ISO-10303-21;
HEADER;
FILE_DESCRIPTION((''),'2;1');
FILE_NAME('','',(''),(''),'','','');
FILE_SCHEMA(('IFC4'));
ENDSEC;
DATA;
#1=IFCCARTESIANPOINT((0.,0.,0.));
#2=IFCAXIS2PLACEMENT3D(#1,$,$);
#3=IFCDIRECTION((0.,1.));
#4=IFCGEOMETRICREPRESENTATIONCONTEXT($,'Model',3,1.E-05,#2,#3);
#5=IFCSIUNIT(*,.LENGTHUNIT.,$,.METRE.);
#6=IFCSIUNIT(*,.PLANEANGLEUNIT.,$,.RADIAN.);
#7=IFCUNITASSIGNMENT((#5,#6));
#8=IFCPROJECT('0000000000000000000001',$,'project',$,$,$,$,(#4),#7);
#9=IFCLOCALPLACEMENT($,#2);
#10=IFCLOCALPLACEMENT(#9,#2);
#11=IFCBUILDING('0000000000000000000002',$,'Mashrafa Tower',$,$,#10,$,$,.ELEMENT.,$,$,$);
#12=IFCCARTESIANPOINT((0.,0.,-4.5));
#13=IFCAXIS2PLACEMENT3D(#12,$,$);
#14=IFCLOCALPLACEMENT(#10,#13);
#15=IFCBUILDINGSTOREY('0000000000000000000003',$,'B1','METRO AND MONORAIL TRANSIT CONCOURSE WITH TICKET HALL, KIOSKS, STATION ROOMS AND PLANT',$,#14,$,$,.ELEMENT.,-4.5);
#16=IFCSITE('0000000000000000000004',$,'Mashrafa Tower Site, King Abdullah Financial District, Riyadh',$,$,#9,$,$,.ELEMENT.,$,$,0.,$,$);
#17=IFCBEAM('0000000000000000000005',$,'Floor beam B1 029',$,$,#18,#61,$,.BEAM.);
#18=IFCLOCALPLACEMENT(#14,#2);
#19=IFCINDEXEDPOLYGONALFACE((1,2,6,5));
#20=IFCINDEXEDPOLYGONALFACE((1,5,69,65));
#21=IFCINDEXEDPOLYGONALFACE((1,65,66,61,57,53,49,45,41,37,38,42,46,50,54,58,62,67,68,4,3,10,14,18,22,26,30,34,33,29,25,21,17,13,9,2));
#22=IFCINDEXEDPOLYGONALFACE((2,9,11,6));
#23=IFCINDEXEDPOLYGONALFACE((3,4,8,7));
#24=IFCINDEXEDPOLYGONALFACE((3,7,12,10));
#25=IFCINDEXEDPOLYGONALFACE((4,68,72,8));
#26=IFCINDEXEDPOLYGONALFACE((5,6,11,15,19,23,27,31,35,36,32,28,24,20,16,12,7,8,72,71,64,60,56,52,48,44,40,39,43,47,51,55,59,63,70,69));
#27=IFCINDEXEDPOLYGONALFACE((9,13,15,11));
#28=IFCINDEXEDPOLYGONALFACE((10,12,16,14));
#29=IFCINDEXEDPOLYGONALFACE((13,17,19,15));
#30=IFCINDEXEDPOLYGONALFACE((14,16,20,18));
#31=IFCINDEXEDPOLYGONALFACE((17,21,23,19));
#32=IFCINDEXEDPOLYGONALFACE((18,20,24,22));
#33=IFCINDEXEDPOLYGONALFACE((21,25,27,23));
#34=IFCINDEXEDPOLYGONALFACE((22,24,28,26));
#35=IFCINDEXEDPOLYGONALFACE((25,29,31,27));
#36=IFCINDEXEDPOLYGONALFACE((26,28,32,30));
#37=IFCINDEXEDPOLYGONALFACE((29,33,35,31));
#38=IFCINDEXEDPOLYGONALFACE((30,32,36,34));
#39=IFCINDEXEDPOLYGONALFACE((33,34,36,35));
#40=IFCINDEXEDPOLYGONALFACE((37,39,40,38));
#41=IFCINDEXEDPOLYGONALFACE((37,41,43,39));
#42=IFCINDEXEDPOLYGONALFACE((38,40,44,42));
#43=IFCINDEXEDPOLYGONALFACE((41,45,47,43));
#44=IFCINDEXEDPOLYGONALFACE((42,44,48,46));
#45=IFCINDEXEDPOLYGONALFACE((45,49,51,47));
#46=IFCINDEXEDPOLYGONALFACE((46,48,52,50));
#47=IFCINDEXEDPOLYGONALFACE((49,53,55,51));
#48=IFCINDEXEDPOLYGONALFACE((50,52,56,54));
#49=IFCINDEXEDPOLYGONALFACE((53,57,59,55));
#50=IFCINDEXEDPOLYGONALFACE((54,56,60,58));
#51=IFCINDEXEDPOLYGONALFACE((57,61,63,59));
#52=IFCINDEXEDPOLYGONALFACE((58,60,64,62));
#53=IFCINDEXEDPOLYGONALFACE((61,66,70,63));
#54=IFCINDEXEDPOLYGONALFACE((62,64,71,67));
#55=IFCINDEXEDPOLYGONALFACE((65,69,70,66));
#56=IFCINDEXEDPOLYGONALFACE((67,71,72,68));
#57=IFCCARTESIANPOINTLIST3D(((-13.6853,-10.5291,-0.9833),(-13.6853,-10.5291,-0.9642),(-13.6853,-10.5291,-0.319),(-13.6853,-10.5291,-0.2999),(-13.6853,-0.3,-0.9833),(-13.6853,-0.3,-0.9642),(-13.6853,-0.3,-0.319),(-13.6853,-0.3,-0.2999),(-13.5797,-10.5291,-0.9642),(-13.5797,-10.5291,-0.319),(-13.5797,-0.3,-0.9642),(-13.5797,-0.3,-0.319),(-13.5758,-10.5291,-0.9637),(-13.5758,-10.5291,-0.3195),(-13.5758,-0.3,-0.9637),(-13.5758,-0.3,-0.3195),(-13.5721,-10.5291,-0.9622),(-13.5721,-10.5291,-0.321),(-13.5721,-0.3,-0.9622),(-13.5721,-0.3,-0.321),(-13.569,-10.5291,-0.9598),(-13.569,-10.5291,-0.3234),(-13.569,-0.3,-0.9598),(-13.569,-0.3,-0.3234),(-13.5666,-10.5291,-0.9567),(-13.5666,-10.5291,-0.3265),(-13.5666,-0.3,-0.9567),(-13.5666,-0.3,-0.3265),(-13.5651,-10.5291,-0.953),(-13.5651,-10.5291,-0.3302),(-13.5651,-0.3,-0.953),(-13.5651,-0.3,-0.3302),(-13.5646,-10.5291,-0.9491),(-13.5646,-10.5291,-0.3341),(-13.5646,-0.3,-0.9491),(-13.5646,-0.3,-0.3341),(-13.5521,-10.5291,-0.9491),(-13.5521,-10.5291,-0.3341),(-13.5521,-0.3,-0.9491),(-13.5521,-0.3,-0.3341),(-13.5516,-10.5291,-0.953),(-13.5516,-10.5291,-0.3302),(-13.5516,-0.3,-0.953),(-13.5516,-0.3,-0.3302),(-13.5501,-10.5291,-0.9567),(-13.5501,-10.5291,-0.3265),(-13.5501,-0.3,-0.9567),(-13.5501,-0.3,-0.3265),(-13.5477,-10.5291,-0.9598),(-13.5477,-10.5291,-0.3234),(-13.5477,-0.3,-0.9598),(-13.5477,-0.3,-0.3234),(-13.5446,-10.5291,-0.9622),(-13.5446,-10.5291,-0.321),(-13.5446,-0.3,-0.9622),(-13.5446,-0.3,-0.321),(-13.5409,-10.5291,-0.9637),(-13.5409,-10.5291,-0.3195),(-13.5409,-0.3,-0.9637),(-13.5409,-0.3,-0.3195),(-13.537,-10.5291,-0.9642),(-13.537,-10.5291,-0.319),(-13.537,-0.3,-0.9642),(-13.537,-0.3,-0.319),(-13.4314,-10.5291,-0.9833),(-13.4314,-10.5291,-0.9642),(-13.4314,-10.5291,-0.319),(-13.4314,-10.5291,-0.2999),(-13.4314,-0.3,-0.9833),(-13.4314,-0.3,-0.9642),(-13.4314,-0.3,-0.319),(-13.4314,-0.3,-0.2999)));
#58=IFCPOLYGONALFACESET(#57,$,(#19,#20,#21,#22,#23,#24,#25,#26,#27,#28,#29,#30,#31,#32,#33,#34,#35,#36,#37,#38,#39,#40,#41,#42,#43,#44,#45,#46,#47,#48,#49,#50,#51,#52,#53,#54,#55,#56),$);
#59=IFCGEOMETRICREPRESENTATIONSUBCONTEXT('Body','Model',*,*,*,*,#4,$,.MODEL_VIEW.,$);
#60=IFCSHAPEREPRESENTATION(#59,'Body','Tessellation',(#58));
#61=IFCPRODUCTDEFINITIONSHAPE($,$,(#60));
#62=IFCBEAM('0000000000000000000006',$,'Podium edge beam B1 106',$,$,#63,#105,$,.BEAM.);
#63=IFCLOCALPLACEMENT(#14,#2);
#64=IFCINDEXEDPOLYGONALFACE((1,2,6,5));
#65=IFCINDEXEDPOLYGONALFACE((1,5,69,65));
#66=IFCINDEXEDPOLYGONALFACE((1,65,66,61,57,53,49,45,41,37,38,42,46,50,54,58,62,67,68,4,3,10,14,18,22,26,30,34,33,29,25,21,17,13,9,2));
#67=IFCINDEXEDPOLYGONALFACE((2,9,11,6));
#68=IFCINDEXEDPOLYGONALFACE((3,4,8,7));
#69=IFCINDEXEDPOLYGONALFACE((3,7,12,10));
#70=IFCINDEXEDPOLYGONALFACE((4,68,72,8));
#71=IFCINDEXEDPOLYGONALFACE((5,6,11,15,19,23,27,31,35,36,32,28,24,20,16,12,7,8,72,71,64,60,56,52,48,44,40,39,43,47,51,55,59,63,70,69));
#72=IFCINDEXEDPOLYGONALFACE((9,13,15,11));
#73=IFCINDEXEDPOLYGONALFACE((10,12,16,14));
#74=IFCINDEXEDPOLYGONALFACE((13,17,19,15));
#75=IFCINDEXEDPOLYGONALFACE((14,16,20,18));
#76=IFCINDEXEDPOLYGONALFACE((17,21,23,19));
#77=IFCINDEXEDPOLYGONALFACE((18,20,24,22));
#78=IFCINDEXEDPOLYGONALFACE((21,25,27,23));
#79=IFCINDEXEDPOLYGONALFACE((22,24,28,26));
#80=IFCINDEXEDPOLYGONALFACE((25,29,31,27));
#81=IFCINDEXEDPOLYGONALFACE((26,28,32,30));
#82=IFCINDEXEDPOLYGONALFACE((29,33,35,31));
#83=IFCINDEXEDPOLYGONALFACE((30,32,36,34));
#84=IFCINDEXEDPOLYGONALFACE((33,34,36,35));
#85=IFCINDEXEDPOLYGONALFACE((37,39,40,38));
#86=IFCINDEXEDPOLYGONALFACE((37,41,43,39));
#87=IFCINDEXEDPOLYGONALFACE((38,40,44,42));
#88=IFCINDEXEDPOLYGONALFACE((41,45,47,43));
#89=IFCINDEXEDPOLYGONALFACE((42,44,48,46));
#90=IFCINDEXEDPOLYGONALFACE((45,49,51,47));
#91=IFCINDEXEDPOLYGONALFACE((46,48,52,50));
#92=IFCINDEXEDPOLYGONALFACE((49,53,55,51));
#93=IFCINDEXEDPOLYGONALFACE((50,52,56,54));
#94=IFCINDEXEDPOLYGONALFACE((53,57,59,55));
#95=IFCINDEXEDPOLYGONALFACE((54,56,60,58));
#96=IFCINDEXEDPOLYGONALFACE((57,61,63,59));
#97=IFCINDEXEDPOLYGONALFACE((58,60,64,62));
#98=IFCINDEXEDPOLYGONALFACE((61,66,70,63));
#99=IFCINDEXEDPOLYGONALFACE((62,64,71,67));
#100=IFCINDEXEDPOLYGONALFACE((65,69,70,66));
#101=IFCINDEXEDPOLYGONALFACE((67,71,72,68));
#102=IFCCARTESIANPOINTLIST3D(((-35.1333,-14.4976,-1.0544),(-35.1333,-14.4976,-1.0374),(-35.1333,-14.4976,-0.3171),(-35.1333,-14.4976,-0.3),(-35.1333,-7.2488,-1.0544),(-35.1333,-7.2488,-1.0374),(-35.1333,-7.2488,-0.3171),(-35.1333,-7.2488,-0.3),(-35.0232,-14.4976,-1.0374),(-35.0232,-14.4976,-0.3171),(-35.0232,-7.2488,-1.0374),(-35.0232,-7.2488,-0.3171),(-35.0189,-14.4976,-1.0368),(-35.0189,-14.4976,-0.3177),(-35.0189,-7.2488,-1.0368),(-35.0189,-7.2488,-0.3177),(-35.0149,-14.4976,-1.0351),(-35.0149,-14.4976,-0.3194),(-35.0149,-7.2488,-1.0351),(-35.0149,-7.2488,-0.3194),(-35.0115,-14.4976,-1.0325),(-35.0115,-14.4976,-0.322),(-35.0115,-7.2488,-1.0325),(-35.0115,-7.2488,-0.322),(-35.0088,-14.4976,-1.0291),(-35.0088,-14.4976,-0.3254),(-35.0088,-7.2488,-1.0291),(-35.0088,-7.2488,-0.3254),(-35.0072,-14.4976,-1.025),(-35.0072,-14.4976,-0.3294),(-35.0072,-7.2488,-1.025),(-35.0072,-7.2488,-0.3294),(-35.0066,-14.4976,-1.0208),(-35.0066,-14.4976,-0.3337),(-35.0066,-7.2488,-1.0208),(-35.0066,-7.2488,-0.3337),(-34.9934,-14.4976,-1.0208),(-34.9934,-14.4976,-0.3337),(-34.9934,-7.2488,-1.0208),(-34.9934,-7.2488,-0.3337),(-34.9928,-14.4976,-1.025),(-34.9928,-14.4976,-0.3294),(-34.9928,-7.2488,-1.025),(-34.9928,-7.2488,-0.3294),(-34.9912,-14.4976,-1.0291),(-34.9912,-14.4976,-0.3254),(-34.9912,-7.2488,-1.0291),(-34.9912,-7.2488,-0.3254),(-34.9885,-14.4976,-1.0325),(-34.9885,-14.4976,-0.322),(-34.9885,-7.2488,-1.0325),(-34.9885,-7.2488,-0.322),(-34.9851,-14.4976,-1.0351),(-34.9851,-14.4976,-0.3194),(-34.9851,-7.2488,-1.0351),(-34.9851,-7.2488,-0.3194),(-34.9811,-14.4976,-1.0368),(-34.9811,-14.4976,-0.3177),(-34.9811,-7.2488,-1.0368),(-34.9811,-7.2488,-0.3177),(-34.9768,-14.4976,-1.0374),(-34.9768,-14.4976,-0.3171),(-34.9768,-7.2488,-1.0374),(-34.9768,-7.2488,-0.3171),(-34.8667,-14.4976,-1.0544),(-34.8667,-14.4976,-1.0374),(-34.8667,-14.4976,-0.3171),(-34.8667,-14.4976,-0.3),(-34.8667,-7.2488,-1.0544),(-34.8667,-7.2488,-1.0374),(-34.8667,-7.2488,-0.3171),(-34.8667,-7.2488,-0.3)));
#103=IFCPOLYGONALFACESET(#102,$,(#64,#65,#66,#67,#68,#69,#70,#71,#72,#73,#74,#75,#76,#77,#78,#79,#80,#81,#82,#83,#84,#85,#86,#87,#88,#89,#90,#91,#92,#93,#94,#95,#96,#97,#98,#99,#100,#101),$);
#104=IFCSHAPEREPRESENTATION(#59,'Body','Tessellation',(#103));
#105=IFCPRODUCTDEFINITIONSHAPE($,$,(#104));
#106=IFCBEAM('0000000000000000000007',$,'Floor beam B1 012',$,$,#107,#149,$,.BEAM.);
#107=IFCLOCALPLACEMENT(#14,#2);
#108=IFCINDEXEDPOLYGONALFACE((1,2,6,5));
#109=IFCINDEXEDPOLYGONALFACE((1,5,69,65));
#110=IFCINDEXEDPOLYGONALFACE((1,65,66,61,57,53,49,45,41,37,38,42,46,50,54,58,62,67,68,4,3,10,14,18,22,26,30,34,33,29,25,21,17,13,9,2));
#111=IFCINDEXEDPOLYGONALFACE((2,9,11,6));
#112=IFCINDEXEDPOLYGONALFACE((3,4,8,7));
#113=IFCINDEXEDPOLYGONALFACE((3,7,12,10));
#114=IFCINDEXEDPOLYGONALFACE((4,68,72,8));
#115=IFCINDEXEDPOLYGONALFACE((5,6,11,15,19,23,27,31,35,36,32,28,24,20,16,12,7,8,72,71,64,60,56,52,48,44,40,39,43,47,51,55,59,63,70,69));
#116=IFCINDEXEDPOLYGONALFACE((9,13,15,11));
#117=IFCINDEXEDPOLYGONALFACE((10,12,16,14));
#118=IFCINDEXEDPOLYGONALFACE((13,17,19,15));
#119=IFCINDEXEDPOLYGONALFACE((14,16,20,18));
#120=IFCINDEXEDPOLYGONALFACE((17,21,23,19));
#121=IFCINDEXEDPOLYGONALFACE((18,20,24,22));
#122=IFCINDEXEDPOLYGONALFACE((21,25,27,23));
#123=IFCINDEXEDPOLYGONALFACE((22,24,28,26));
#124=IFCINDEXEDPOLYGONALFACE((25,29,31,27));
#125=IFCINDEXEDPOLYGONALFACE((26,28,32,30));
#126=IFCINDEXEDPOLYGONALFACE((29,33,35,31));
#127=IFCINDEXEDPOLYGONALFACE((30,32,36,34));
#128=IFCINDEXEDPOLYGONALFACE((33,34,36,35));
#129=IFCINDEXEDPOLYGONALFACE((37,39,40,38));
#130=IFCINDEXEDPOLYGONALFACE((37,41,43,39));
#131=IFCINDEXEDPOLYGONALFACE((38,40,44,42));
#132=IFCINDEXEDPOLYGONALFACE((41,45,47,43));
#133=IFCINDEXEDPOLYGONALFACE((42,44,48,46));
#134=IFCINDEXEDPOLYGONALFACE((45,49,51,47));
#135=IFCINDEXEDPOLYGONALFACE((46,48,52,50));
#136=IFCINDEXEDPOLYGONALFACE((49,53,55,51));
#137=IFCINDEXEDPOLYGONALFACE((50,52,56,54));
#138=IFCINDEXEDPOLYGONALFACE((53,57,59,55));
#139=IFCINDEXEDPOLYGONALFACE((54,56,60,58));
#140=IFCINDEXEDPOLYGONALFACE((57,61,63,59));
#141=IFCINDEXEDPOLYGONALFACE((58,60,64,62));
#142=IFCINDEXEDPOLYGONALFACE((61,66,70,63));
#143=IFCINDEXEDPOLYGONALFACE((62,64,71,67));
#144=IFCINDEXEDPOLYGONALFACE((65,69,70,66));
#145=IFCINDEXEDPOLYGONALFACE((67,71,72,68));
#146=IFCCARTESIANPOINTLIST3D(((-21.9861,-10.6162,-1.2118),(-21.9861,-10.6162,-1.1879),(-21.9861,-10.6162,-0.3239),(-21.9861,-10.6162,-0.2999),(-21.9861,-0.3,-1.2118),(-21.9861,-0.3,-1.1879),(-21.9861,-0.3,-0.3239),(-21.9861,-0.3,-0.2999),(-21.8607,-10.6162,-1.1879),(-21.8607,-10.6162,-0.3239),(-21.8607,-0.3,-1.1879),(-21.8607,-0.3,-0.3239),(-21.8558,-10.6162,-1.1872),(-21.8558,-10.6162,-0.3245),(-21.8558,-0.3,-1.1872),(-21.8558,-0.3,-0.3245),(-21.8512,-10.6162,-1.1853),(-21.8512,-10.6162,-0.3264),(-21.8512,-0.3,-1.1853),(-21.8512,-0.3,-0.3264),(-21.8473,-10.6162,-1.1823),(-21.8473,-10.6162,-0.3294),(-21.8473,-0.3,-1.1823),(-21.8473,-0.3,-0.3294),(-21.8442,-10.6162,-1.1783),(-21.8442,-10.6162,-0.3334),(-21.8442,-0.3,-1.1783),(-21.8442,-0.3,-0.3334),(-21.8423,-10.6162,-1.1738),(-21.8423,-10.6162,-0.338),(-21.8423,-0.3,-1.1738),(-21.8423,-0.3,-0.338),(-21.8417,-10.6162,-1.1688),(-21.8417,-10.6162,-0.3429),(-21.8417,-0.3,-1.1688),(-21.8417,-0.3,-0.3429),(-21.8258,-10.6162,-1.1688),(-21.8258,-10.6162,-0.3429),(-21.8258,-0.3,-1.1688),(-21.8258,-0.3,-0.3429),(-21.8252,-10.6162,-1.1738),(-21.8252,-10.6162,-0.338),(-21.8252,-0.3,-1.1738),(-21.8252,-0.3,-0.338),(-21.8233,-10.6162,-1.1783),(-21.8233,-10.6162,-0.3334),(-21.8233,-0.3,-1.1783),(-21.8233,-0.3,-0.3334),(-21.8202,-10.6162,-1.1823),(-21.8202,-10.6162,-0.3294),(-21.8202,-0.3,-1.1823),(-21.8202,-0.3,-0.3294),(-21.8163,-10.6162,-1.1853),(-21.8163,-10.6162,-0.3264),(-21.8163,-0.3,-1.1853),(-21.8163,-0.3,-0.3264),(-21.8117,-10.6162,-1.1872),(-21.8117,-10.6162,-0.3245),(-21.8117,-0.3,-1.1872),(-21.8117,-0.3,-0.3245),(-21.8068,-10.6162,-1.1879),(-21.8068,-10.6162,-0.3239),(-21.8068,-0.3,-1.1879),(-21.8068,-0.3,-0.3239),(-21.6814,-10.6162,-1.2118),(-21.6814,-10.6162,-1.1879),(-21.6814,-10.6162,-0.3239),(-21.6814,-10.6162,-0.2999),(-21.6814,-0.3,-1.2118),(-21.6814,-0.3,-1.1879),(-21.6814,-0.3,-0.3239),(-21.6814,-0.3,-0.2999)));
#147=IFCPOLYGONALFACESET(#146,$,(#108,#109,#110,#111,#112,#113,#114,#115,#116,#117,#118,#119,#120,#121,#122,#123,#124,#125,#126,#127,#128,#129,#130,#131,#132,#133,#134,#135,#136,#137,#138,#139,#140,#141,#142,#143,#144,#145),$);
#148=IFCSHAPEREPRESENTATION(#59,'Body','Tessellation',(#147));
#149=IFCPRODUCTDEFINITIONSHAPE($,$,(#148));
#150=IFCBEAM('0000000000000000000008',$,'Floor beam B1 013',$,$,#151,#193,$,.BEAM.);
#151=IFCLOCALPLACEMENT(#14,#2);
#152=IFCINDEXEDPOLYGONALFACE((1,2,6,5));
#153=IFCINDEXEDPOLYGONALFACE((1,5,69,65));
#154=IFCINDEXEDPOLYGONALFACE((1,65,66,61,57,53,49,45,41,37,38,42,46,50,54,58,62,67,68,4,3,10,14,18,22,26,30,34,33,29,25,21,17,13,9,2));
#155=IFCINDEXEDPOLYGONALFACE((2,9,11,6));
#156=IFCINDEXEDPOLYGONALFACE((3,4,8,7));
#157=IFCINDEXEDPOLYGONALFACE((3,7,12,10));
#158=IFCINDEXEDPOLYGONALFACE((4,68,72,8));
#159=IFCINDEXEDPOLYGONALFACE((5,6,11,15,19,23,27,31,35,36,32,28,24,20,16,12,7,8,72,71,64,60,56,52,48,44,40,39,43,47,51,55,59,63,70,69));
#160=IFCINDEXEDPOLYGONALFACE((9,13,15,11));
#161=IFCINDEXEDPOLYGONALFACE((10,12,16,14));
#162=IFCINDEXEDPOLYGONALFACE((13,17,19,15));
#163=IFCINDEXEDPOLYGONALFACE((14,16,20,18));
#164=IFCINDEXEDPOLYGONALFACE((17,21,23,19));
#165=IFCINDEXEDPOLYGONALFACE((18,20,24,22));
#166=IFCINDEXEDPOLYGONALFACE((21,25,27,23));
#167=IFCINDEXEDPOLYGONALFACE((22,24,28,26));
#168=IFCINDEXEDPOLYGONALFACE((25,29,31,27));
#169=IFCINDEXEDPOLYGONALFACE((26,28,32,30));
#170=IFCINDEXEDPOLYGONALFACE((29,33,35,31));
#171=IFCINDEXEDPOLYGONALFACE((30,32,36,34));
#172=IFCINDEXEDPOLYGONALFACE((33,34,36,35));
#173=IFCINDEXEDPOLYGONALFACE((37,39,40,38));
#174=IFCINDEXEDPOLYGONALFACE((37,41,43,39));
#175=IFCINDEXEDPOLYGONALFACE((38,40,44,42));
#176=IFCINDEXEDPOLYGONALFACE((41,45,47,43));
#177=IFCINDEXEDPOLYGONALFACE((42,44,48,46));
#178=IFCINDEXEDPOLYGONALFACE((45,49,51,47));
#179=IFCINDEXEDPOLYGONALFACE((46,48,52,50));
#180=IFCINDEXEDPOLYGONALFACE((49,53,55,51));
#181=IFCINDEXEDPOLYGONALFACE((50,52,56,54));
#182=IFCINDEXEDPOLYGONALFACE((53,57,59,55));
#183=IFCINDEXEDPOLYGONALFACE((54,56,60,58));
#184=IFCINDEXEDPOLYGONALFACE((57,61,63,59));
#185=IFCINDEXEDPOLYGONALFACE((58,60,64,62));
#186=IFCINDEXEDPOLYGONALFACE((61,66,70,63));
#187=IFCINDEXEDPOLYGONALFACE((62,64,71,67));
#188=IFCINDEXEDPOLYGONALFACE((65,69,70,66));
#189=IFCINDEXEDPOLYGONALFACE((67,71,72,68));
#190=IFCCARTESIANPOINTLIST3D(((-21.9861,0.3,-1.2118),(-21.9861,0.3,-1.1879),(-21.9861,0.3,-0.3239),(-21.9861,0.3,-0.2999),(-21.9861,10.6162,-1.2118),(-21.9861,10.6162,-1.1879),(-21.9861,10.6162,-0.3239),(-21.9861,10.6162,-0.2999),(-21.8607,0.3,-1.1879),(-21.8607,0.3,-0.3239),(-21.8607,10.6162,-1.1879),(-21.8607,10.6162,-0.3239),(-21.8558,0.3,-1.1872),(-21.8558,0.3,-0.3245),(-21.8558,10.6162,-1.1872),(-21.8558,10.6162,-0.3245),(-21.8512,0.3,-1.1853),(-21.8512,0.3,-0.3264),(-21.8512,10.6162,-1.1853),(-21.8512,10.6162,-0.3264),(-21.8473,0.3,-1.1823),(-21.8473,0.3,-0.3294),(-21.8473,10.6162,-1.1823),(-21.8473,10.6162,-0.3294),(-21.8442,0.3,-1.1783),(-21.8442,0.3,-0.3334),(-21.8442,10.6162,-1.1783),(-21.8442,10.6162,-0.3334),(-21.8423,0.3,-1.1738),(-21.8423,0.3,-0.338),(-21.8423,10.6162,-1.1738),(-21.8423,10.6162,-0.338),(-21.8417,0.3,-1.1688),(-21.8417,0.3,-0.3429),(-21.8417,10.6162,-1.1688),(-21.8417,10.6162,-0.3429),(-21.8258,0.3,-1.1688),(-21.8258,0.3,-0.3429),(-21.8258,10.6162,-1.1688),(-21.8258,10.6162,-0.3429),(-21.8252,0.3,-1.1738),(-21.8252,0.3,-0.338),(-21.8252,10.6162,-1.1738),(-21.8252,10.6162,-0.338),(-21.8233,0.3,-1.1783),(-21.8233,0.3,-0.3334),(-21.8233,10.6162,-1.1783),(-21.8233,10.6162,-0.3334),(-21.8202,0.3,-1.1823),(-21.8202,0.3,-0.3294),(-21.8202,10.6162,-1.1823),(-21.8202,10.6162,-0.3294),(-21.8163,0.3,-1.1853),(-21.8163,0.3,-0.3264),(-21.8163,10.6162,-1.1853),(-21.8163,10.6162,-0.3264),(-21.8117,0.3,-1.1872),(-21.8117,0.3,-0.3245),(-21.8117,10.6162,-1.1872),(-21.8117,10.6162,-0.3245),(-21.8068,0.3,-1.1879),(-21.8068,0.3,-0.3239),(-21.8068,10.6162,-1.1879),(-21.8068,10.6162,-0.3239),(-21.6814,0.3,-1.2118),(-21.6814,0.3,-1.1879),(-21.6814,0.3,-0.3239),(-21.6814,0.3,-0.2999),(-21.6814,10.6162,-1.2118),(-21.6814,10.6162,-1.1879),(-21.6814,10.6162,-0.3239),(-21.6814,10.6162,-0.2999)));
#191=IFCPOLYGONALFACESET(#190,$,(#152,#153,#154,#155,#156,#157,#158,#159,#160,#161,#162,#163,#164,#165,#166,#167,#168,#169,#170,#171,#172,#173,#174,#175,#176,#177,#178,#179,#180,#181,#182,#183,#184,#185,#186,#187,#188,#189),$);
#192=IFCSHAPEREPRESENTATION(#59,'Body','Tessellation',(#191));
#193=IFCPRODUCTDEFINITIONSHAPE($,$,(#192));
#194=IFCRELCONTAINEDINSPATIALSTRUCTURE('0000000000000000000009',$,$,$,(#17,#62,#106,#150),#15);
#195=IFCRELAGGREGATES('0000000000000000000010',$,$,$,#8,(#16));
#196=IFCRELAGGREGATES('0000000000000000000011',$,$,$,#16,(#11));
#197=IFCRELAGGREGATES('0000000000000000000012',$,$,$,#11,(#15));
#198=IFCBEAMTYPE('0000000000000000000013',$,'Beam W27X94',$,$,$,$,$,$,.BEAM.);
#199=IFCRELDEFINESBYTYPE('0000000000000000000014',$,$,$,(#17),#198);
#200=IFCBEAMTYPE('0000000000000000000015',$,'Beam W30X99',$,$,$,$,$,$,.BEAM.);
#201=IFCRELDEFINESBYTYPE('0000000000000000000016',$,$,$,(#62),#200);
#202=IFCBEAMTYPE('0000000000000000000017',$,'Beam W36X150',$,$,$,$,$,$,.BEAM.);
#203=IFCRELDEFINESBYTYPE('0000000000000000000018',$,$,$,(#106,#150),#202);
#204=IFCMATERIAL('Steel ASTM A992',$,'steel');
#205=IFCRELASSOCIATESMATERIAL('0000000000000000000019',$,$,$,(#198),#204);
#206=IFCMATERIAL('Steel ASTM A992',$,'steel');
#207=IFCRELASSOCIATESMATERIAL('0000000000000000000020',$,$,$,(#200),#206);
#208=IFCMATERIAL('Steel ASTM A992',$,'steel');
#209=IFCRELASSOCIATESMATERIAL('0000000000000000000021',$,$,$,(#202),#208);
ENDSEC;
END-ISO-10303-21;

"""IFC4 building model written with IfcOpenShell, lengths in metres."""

from ifc_helpers import new_model, si_unit, direction, frame, origin, origin_2d, place, context, subcontext, project, spatial, i_section, extrude, material, material_profile, profile_set, type_object, element, save


model = new_model("IFC4")

# Units and contexts
model_context = context("Model", 3, precision=1e-05, world=origin(), true_north=direction((0.0, 1.0)))
body_context = subcontext(model_context, "Body", "Model", "MODEL_VIEW")
ifc_project = project(units=[si_unit("LENGTHUNIT", "METRE"), si_unit("PLANEANGLEUNIT", "RADIAN")], contexts=[model_context])

# Site, building, storey
site_placement = place(None, origin())
site = spatial("IfcSite", under=ifc_project, at=site_placement, Name="Mashrafa Tower Site, King Abdullah Financial District, Riyadh", CompositionType="ELEMENT", RefElevation=0.0)
building_placement = place(site_placement, origin())
building = spatial("IfcBuilding", under=site, at=building_placement, Name="Mashrafa Tower", CompositionType="ELEMENT")
storey_placement = place(building_placement, frame((0.0, 0.0, -4.5)))
storey = spatial("IfcBuildingStorey", under=building, at=storey_placement, Name="B1", Description="METRO AND MONORAIL TRANSIT CONCOURSE WITH TICKET HALL, KIOSKS, STATION ROOMS AND PLANT", CompositionType="ELEMENT", Elevation=-4.5)

# Beams
ifc_material_1 = material(Name="Steel ASTM A992", Category="steel")
ifc_material_profile_1 = material_profile(ifc_material_1, i_section(OverallWidth=0.2539, OverallDepth=0.6833, WebThickness=0.0125, FlangeThickness=0.019, FilletRadius=0.0151, at=origin_2d()), Name="W27X94")
ifc_profile_set_1 = profile_set([ifc_material_profile_1], Name="Steel ASTM A992")
beam_type_1 = type_object("IfcBeamType", Name="Beam W27X94", PredefinedType="BEAM", material=ifc_profile_set_1)
beam_1_placement = place(storey_placement, frame((-13.5583, -10.5291, -0.6416), z_axis=(0.0, 1.0, 0.0), x_axis=(-1.0, 0.0, 0.0)))
element("IfcBeam", 1, at=beam_1_placement, inside=storey, type_object=beam_type_1, Name="Floor beam B1 029", PredefinedType="BEAM", context=body_context, shape_type="SweptSolid", body=[
    extrude(i_section(OverallWidth=0.2539, OverallDepth=0.6833, WebThickness=0.0125, FlangeThickness=0.019, FilletRadius=0.0151, at=origin_2d()), origin(), (0.0, 0.0, 1.0), 10.229),
])
ifc_material_2 = material(Name="Steel ASTM A992", Category="steel")
ifc_material_profile_2 = material_profile(ifc_material_2, i_section(OverallWidth=0.2666, OverallDepth=0.7544, WebThickness=0.0132, FlangeThickness=0.0171, FilletRadius=0.0166, at=origin_2d()), Name="W30X99")
ifc_profile_set_2 = profile_set([ifc_material_profile_2], Name="Steel ASTM A992")
beam_type_2 = type_object("IfcBeamType", Name="Beam W30X99", PredefinedType="BEAM", material=ifc_profile_set_2)
beam_2_placement = place(storey_placement, frame((-35.0, -7.2488, -0.6772), z_axis=(0.0, -1.0, 0.0), x_axis=(1.0, 0.0, 0.0)))
element("IfcBeam", 2, at=beam_2_placement, inside=storey, type_object=beam_type_2, Name="Podium edge beam B1 106", PredefinedType="BEAM", context=body_context, shape_type="SweptSolid", body=[
    extrude(i_section(OverallWidth=0.2666, OverallDepth=0.7544, WebThickness=0.0132, FlangeThickness=0.0171, FilletRadius=0.0166, at=origin_2d()), origin(), (0.0, 0.0, 1.0), 7.2488),
])
ifc_material_3 = material(Name="Steel ASTM A992", Category="steel")
ifc_material_profile_3 = material_profile(ifc_material_3, i_section(OverallWidth=0.3047, OverallDepth=0.9119, WebThickness=0.0159, FlangeThickness=0.0239, FilletRadius=0.019, at=origin_2d()), Name="W36X150")
ifc_profile_set_3 = profile_set([ifc_material_profile_3], Name="Steel ASTM A992")
beam_type_3 = type_object("IfcBeamType", Name="Beam W36X150", PredefinedType="BEAM", material=ifc_profile_set_3)
for number, where, z_axis, x_axis, name in (
    (3, (-21.8337, -10.6162, -0.7559), (0.0, 1.0, 0.0), (-1.0, 0.0, 0.0), "Floor beam B1 012"),
    (4, (-21.8337, 0.3, -0.7559), (0.0, 1.0, 0.0), (-1.0, 0.0, 0.0), "Floor beam B1 013"),
):
    element("IfcBeam", number, at=place(storey_placement, frame(where, z_axis=z_axis, x_axis=x_axis)), inside=storey, type_object=beam_type_3, Name=name, PredefinedType="BEAM", context=body_context, shape_type="SweptSolid", body=[
        extrude(i_section(OverallWidth=0.3047, OverallDepth=0.9119, WebThickness=0.0159, FlangeThickness=0.0239, FilletRadius=0.019, at=origin_2d()), origin(), (0.0, 0.0, 1.0), 10.3162),
    ])

save(model, "model.ifc")
